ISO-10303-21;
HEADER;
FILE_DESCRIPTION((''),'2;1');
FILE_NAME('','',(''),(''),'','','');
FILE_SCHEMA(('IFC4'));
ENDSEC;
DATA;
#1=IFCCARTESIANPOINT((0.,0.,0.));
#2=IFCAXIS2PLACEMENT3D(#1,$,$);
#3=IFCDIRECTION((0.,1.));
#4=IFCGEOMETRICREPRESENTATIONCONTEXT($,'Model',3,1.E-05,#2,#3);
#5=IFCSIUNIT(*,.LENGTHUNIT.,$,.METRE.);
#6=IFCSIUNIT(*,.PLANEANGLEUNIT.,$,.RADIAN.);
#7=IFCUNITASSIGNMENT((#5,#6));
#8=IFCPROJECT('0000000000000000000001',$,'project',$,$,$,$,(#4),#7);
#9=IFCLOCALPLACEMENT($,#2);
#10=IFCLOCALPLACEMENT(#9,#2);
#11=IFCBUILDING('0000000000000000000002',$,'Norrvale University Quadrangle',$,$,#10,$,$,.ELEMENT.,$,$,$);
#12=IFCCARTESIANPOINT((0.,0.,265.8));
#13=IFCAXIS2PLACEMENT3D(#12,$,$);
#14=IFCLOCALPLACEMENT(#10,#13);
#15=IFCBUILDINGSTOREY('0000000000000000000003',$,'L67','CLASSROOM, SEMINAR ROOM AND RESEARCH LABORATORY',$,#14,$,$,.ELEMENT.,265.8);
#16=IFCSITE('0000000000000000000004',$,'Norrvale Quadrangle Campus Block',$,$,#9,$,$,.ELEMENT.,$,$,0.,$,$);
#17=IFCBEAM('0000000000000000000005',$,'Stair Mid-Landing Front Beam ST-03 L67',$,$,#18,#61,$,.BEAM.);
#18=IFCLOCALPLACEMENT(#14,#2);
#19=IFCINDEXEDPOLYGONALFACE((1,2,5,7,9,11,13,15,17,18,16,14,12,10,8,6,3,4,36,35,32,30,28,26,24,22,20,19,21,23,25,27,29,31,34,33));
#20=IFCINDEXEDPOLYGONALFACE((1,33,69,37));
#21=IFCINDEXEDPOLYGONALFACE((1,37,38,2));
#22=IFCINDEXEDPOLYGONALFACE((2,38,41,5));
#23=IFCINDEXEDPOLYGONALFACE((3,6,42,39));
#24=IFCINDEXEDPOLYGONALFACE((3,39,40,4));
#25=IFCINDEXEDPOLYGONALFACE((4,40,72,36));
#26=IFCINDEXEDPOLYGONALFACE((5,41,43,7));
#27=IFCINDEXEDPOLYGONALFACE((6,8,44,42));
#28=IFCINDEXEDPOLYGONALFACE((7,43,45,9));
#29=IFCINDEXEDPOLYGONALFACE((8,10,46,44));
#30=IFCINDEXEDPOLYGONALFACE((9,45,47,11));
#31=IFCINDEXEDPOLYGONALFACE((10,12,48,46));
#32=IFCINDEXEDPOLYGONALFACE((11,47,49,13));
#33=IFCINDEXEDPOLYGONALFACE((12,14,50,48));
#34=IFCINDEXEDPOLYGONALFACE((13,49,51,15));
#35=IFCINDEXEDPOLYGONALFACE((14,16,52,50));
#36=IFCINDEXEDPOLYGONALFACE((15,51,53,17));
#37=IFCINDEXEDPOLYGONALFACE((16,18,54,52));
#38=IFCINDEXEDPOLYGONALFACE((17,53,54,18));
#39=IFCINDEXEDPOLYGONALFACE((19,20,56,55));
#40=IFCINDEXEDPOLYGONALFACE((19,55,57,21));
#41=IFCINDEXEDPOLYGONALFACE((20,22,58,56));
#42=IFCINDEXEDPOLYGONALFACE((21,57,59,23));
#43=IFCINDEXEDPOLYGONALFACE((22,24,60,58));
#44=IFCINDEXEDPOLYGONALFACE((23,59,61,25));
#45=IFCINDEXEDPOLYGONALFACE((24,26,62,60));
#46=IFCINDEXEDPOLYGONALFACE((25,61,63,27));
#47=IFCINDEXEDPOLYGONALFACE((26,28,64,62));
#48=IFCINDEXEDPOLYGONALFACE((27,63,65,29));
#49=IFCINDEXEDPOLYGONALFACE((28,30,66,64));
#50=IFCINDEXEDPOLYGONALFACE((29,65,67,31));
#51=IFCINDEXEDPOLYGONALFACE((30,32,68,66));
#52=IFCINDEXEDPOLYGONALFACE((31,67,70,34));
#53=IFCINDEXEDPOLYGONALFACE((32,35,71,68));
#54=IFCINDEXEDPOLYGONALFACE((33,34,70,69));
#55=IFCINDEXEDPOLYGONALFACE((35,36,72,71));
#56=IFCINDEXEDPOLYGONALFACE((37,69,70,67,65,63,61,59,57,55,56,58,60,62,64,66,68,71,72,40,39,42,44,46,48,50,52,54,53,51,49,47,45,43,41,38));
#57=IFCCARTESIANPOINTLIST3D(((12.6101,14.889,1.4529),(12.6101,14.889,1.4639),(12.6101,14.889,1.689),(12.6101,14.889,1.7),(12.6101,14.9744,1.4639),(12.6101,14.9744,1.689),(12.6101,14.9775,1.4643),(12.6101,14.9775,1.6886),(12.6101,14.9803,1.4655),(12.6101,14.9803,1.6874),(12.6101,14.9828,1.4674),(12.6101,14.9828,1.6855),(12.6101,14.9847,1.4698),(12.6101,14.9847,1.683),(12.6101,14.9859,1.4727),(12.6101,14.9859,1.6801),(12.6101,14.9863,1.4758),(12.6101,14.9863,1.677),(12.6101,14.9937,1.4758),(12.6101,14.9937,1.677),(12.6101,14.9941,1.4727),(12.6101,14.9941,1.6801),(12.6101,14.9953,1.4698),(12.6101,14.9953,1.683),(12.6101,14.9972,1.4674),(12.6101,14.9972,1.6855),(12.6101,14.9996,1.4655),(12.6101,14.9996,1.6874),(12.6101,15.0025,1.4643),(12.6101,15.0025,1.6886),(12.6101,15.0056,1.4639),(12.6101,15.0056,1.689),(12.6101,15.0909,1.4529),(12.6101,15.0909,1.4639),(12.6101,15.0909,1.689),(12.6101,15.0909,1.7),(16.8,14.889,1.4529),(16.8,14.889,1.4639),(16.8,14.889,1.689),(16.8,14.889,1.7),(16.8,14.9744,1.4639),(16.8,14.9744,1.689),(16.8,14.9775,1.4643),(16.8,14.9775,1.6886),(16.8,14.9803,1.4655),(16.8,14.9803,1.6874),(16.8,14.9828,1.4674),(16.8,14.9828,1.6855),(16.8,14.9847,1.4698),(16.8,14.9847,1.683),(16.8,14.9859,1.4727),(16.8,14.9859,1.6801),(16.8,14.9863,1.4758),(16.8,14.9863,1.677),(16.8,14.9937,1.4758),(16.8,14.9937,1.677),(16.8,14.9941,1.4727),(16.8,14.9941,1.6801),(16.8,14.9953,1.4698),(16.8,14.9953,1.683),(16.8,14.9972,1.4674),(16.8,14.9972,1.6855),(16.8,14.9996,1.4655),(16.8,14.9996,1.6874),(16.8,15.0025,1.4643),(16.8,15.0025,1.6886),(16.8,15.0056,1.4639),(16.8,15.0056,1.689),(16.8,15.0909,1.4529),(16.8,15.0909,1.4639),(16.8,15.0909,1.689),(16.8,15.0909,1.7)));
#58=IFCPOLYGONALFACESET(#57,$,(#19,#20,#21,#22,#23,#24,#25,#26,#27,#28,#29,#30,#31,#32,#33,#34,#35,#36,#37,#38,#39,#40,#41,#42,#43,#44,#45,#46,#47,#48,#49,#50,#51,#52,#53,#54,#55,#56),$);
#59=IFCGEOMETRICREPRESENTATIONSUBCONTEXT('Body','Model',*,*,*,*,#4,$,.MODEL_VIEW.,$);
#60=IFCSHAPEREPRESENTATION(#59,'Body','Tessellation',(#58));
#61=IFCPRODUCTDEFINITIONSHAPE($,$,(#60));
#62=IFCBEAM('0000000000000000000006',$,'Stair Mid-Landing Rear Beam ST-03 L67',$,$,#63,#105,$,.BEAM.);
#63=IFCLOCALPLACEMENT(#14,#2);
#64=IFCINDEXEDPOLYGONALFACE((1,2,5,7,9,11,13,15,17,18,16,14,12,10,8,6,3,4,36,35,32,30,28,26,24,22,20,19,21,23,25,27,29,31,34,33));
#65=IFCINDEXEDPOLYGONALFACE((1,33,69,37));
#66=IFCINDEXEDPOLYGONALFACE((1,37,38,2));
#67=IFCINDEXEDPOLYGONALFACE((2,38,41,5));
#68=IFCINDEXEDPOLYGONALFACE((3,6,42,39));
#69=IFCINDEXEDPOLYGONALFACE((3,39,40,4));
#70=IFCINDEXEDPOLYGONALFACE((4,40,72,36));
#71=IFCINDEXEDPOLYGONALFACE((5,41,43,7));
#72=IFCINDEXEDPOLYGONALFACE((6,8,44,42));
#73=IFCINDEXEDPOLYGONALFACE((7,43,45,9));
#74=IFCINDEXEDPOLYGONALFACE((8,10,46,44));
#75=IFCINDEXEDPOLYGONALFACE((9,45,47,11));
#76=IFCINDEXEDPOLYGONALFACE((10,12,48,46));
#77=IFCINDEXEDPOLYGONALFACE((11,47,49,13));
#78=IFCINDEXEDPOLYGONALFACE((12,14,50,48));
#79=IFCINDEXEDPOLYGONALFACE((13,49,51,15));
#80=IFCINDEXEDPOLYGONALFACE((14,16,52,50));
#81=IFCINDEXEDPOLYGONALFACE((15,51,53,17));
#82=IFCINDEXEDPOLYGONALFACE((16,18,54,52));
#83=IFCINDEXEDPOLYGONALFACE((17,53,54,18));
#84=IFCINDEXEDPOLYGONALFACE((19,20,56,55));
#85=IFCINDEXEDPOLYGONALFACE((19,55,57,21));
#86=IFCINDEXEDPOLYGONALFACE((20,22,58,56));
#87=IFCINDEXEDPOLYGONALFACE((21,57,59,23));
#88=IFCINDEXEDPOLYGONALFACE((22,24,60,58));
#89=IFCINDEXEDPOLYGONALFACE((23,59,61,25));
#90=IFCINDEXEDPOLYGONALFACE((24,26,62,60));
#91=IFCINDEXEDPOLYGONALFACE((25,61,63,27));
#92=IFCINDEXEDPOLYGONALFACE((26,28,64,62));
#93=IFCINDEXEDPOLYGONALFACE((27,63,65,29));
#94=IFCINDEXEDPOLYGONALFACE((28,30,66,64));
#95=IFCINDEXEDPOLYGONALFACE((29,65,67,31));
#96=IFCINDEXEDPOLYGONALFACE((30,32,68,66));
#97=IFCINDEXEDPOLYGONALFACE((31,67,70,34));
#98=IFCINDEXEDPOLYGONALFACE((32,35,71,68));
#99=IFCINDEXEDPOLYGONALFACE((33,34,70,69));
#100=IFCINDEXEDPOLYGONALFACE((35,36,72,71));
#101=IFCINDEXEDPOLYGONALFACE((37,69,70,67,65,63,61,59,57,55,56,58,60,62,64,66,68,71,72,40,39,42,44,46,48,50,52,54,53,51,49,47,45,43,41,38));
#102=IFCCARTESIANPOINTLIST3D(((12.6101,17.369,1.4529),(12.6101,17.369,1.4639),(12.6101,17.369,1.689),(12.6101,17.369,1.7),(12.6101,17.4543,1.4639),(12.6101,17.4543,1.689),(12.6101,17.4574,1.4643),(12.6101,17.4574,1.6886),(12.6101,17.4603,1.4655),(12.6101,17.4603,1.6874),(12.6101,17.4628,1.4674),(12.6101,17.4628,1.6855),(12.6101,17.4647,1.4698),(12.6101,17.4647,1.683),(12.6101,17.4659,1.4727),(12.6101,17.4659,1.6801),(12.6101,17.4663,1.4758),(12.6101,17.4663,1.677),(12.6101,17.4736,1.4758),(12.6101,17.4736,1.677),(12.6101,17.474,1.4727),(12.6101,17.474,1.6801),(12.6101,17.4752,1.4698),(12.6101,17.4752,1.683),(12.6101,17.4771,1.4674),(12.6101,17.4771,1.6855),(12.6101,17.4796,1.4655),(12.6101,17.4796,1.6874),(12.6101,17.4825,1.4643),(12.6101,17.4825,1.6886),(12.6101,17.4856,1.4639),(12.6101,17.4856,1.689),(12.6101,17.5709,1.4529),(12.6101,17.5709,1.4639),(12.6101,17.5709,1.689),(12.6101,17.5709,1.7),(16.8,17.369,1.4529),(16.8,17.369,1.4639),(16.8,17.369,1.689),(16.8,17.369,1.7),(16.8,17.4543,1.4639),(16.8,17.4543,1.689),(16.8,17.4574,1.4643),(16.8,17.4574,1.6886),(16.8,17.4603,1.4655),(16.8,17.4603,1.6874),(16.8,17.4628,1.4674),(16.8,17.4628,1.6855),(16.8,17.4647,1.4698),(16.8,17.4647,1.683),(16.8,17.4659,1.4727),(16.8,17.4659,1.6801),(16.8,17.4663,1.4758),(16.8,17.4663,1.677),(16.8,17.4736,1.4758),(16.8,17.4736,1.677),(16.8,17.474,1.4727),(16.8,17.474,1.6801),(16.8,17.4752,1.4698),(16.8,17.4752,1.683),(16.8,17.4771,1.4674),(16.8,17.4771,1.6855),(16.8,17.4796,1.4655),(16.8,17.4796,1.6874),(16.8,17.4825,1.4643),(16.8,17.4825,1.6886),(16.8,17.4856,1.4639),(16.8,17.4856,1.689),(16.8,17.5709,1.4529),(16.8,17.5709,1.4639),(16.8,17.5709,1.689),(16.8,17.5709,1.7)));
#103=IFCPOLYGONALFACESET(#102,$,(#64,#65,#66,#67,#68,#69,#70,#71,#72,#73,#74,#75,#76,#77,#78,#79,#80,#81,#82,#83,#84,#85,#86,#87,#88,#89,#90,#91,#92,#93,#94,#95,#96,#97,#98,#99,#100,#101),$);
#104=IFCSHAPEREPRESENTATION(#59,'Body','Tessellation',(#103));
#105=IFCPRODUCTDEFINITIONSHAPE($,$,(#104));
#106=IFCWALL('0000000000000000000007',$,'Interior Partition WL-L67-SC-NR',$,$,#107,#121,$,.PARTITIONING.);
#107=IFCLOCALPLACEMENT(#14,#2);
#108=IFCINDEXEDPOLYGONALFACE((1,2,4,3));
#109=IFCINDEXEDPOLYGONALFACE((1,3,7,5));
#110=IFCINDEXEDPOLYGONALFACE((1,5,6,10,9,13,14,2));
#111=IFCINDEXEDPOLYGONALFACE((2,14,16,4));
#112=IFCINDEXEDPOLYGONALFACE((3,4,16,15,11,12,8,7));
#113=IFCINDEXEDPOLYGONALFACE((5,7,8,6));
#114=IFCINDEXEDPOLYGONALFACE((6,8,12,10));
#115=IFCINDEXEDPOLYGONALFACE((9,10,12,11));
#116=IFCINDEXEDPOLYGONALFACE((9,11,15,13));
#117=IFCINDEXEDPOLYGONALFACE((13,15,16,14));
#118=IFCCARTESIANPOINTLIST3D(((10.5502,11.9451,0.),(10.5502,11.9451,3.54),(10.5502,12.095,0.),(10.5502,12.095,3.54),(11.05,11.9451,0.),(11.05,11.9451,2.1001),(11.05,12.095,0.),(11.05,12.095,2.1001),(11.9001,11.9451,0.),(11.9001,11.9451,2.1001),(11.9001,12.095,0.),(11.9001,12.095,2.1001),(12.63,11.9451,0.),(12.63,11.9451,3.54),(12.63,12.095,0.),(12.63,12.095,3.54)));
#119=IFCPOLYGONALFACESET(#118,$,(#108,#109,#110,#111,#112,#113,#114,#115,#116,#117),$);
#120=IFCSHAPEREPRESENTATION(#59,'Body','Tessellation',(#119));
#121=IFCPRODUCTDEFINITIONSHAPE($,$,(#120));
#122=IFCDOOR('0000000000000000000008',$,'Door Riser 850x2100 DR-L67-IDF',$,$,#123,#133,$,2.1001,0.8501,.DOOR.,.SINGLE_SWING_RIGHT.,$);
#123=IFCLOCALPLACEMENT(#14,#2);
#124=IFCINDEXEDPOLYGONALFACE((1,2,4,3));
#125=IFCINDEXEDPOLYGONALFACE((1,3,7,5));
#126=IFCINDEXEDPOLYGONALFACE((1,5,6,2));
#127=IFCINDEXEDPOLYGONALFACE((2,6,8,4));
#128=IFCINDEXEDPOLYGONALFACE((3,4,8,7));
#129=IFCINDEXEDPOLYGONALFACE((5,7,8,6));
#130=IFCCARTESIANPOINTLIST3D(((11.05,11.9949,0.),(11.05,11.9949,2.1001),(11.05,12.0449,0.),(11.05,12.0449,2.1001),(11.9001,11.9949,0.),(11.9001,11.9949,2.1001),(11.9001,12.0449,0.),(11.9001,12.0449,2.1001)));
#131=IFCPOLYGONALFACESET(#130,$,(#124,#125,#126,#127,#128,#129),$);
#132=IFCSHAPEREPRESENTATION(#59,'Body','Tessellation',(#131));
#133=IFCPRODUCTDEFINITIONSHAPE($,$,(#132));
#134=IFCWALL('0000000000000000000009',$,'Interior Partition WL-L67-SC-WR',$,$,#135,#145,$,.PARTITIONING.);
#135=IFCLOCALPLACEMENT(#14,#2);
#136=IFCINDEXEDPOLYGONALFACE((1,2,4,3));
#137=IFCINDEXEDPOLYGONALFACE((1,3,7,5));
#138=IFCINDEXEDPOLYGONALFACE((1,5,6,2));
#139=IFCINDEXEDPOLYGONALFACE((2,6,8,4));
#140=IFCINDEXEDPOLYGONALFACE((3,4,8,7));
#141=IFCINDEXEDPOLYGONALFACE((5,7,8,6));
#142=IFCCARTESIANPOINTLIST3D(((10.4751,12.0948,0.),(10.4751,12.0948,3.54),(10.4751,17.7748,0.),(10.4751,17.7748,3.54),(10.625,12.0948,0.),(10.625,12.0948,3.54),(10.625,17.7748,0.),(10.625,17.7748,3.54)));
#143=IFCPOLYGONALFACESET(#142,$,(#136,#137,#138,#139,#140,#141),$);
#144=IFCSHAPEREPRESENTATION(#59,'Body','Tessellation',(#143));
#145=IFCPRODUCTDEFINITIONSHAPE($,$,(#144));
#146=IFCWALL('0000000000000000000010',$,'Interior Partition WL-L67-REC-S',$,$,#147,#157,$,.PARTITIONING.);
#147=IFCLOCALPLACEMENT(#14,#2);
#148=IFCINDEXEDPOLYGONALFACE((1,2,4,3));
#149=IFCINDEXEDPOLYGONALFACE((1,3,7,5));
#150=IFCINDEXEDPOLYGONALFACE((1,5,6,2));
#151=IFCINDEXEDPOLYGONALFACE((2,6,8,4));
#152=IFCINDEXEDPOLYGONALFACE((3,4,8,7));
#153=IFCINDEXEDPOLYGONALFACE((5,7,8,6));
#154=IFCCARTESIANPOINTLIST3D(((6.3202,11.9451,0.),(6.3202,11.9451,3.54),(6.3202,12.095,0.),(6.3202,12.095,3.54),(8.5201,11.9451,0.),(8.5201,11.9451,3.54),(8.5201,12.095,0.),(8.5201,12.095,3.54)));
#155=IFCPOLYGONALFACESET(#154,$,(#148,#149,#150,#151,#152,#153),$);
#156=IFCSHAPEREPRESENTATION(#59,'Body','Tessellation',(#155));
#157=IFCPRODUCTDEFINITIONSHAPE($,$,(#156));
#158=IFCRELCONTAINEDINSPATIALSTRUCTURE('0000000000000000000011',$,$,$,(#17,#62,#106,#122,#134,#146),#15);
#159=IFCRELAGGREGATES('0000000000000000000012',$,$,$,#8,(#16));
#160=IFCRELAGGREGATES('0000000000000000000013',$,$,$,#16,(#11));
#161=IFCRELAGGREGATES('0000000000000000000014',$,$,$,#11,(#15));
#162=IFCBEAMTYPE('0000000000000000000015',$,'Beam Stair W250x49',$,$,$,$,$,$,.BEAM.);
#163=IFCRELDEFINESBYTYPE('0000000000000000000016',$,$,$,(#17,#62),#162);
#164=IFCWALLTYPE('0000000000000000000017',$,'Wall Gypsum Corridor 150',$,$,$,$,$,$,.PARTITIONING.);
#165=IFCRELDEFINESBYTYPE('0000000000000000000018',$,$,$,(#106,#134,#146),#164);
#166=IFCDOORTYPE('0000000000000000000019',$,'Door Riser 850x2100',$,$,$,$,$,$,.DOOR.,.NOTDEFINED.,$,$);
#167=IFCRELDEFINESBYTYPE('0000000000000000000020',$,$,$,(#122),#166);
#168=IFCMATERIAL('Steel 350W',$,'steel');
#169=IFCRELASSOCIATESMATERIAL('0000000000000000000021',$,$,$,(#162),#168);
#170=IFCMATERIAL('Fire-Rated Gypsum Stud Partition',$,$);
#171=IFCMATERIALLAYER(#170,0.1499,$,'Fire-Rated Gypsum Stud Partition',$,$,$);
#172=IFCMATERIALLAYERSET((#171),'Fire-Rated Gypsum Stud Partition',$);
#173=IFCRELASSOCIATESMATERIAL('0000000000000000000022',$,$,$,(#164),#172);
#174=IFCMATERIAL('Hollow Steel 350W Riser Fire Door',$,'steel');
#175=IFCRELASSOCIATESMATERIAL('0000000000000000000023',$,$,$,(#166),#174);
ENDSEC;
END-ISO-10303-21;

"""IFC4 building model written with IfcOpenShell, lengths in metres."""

from ifc_helpers import new_model, si_unit, direction, frame, frame_2d, origin, origin_2d, place, context, subcontext, project, spatial, rectangle, i_section, extrude, material, layer, layer_set, material_profile, profile_set, type_object, element, fill, save


model = new_model("IFC4")

# Units and contexts
model_context = context("Model", 3, precision=1e-05, world=origin(), true_north=direction((0.0, 1.0)))
body_context = subcontext(model_context, "Body", "Model", "MODEL_VIEW")
ifc_project = project(units=[si_unit("LENGTHUNIT", "METRE"), si_unit("PLANEANGLEUNIT", "RADIAN")], contexts=[model_context])

# Site, building, storey
site_placement = place(None, origin())
site = spatial("IfcSite", under=ifc_project, at=site_placement, Name="Norrvale Quadrangle Campus Block", CompositionType="ELEMENT", RefElevation=0.0)
building_placement = place(site_placement, origin())
building = spatial("IfcBuilding", under=site, at=building_placement, Name="Norrvale University Quadrangle", CompositionType="ELEMENT")
storey_placement = place(building_placement, frame((0.0, 0.0, 265.8)))
storey = spatial("IfcBuildingStorey", under=building, at=storey_placement, Name="L67", Description="CLASSROOM, SEMINAR ROOM AND RESEARCH LABORATORY", CompositionType="ELEMENT", Elevation=265.8)

# Beams
ifc_material_1 = material(Name="Steel 350W", Category="steel")
ifc_material_profile = material_profile(ifc_material_1, i_section(OverallWidth=0.2019, OverallDepth=0.2471, WebThickness=0.0073, FlangeThickness=0.011, FilletRadius=0.012, at=origin_2d()), Name="Steel 350W")
ifc_profile_set = profile_set([ifc_material_profile], Name="Steel 350W")
beam_type = type_object("IfcBeamType", Name="Beam Stair W250x49", PredefinedType="BEAM", material=ifc_profile_set)
for number, where, z_axis, x_axis, name in (
    (1, (12.6101, 14.99, 1.5764), (1.0, 0.0, 0.0), (0.0, 1.0, 0.0), "Stair Mid-Landing Front Beam ST-03 L67"),
    (2, (12.6101, 17.47, 1.5764), (1.0, 0.0, 0.0), (0.0, 1.0, 0.0), "Stair Mid-Landing Rear Beam ST-03 L67"),
):
    element("IfcBeam", number, at=place(storey_placement, frame(where, z_axis=z_axis, x_axis=x_axis)), inside=storey, type_object=beam_type, Name=name, PredefinedType="BEAM", context=body_context, shape_type="SweptSolid", body=[
        extrude(i_section(OverallWidth=0.2019, OverallDepth=0.2471, WebThickness=0.0073, FlangeThickness=0.011, FilletRadius=0.012, at=origin_2d()), origin(), (0.0, 0.0, 1.0), 4.1899),
    ])

# Wall, opening, door
ifc_material_2 = material(Name="Fire-Rated Gypsum Stud Partition")
ifc_layer_1 = layer(ifc_material_2, 0.1499, Name="Fire-Rated Gypsum Stud Partition")
ifc_layer_set_1 = layer_set([ifc_layer_1], Name="Fire-Rated Gypsum Stud Partition")
wall_type_1 = type_object("IfcWallType", Name="Wall Gypsum Corridor 150", PredefinedType="PARTITIONING", material=ifc_layer_set_1)
wall_1_placement = place(storey_placement, frame((10.55, 12.02, 0.0), z_axis=(0.0, 0.0, 1.0), x_axis=(1.0, 0.0, 0.0)))
wall_1 = element("IfcWall", 3, at=wall_1_placement, inside=storey, type_object=wall_type_1, Name="Interior Partition WL-L67-SC-NR", PredefinedType="PARTITIONING", context=body_context, shape_type="SweptSolid", body=[
    extrude(rectangle(XDim=2.0798, YDim=0.1499, at=frame_2d((1.04, 0.0))), origin(), (0.0, 0.0, 1.0), 3.54),
])
opening_1_placement = place(wall_1_placement, frame((0.5, 0.0, 0.0)))
opening_1 = element("IfcOpeningElement", 4, at=opening_1_placement, cuts=wall_1, PredefinedType="OPENING", context=body_context, shape_type="SweptSolid", body=[
    extrude(rectangle(XDim=0.8501, YDim=2.1001, at=frame_2d((0.425, 1.05))), frame((0.0, 0.0869, 0.0), z_axis=(0.0, -1.0, 0.0), x_axis=(1.0, 0.0, 0.0)), (0.0, 0.0, 1.0), 0.1738),
])
ifc_material_3 = material(Name="Hollow Steel 350W Riser Fire Door", Category="steel")
door_type_1 = type_object("IfcDoorType", Name="Door Riser 850x2100", OperationType="NOTDEFINED", PredefinedType="DOOR", material=ifc_material_3)
door_1_placement = place(opening_1_placement, origin())
door_1 = element("IfcDoor", 5, at=door_1_placement, inside=storey, type_object=door_type_1, Name="Door Riser 850x2100 DR-L67-IDF", OperationType="SINGLE_SWING_RIGHT", OverallHeight=2.1001, OverallWidth=0.8501, PredefinedType="DOOR", context=body_context, shape_type="SweptSolid", body=[
    extrude(rectangle(XDim=0.8501, YDim=2.1001, at=frame_2d((0.425, 1.05))), frame((0.0, 0.0249, 0.0), z_axis=(0.0, -1.0, 0.0), x_axis=(1.0, 0.0, 0.0)), (0.0, 0.0, 1.0), 0.05),
])
fill(opening_1, door_1)

# Walls
wall_2_placement = place(storey_placement, frame((10.55, 12.095, 0.0), z_axis=(0.0, 0.0, 1.0), x_axis=(0.0, 1.0, 0.0)))
element("IfcWall", 6, at=wall_2_placement, inside=storey, type_object=wall_type_1, Name="Interior Partition WL-L67-SC-WR", PredefinedType="PARTITIONING", context=body_context, shape_type="SweptSolid", body=[
    extrude(rectangle(XDim=5.6799, YDim=0.1499, at=frame_2d((2.8398, 0.0))), origin(), (0.0, 0.0, 1.0), 3.54),
])
wall_3_placement = place(storey_placement, frame((6.3201, 12.02, 0.0), z_axis=(0.0, 0.0, 1.0), x_axis=(1.0, 0.0, 0.0)))
element("IfcWall", 7, at=wall_3_placement, inside=storey, type_object=wall_type_1, Name="Interior Partition WL-L67-REC-S", PredefinedType="PARTITIONING", context=body_context, shape_type="SweptSolid", body=[
    extrude(rectangle(XDim=2.2, YDim=0.1499, at=frame_2d((1.1001, 0.0))), origin(), (0.0, 0.0, 1.0), 3.54),
])

save(model, "model.ifc")
